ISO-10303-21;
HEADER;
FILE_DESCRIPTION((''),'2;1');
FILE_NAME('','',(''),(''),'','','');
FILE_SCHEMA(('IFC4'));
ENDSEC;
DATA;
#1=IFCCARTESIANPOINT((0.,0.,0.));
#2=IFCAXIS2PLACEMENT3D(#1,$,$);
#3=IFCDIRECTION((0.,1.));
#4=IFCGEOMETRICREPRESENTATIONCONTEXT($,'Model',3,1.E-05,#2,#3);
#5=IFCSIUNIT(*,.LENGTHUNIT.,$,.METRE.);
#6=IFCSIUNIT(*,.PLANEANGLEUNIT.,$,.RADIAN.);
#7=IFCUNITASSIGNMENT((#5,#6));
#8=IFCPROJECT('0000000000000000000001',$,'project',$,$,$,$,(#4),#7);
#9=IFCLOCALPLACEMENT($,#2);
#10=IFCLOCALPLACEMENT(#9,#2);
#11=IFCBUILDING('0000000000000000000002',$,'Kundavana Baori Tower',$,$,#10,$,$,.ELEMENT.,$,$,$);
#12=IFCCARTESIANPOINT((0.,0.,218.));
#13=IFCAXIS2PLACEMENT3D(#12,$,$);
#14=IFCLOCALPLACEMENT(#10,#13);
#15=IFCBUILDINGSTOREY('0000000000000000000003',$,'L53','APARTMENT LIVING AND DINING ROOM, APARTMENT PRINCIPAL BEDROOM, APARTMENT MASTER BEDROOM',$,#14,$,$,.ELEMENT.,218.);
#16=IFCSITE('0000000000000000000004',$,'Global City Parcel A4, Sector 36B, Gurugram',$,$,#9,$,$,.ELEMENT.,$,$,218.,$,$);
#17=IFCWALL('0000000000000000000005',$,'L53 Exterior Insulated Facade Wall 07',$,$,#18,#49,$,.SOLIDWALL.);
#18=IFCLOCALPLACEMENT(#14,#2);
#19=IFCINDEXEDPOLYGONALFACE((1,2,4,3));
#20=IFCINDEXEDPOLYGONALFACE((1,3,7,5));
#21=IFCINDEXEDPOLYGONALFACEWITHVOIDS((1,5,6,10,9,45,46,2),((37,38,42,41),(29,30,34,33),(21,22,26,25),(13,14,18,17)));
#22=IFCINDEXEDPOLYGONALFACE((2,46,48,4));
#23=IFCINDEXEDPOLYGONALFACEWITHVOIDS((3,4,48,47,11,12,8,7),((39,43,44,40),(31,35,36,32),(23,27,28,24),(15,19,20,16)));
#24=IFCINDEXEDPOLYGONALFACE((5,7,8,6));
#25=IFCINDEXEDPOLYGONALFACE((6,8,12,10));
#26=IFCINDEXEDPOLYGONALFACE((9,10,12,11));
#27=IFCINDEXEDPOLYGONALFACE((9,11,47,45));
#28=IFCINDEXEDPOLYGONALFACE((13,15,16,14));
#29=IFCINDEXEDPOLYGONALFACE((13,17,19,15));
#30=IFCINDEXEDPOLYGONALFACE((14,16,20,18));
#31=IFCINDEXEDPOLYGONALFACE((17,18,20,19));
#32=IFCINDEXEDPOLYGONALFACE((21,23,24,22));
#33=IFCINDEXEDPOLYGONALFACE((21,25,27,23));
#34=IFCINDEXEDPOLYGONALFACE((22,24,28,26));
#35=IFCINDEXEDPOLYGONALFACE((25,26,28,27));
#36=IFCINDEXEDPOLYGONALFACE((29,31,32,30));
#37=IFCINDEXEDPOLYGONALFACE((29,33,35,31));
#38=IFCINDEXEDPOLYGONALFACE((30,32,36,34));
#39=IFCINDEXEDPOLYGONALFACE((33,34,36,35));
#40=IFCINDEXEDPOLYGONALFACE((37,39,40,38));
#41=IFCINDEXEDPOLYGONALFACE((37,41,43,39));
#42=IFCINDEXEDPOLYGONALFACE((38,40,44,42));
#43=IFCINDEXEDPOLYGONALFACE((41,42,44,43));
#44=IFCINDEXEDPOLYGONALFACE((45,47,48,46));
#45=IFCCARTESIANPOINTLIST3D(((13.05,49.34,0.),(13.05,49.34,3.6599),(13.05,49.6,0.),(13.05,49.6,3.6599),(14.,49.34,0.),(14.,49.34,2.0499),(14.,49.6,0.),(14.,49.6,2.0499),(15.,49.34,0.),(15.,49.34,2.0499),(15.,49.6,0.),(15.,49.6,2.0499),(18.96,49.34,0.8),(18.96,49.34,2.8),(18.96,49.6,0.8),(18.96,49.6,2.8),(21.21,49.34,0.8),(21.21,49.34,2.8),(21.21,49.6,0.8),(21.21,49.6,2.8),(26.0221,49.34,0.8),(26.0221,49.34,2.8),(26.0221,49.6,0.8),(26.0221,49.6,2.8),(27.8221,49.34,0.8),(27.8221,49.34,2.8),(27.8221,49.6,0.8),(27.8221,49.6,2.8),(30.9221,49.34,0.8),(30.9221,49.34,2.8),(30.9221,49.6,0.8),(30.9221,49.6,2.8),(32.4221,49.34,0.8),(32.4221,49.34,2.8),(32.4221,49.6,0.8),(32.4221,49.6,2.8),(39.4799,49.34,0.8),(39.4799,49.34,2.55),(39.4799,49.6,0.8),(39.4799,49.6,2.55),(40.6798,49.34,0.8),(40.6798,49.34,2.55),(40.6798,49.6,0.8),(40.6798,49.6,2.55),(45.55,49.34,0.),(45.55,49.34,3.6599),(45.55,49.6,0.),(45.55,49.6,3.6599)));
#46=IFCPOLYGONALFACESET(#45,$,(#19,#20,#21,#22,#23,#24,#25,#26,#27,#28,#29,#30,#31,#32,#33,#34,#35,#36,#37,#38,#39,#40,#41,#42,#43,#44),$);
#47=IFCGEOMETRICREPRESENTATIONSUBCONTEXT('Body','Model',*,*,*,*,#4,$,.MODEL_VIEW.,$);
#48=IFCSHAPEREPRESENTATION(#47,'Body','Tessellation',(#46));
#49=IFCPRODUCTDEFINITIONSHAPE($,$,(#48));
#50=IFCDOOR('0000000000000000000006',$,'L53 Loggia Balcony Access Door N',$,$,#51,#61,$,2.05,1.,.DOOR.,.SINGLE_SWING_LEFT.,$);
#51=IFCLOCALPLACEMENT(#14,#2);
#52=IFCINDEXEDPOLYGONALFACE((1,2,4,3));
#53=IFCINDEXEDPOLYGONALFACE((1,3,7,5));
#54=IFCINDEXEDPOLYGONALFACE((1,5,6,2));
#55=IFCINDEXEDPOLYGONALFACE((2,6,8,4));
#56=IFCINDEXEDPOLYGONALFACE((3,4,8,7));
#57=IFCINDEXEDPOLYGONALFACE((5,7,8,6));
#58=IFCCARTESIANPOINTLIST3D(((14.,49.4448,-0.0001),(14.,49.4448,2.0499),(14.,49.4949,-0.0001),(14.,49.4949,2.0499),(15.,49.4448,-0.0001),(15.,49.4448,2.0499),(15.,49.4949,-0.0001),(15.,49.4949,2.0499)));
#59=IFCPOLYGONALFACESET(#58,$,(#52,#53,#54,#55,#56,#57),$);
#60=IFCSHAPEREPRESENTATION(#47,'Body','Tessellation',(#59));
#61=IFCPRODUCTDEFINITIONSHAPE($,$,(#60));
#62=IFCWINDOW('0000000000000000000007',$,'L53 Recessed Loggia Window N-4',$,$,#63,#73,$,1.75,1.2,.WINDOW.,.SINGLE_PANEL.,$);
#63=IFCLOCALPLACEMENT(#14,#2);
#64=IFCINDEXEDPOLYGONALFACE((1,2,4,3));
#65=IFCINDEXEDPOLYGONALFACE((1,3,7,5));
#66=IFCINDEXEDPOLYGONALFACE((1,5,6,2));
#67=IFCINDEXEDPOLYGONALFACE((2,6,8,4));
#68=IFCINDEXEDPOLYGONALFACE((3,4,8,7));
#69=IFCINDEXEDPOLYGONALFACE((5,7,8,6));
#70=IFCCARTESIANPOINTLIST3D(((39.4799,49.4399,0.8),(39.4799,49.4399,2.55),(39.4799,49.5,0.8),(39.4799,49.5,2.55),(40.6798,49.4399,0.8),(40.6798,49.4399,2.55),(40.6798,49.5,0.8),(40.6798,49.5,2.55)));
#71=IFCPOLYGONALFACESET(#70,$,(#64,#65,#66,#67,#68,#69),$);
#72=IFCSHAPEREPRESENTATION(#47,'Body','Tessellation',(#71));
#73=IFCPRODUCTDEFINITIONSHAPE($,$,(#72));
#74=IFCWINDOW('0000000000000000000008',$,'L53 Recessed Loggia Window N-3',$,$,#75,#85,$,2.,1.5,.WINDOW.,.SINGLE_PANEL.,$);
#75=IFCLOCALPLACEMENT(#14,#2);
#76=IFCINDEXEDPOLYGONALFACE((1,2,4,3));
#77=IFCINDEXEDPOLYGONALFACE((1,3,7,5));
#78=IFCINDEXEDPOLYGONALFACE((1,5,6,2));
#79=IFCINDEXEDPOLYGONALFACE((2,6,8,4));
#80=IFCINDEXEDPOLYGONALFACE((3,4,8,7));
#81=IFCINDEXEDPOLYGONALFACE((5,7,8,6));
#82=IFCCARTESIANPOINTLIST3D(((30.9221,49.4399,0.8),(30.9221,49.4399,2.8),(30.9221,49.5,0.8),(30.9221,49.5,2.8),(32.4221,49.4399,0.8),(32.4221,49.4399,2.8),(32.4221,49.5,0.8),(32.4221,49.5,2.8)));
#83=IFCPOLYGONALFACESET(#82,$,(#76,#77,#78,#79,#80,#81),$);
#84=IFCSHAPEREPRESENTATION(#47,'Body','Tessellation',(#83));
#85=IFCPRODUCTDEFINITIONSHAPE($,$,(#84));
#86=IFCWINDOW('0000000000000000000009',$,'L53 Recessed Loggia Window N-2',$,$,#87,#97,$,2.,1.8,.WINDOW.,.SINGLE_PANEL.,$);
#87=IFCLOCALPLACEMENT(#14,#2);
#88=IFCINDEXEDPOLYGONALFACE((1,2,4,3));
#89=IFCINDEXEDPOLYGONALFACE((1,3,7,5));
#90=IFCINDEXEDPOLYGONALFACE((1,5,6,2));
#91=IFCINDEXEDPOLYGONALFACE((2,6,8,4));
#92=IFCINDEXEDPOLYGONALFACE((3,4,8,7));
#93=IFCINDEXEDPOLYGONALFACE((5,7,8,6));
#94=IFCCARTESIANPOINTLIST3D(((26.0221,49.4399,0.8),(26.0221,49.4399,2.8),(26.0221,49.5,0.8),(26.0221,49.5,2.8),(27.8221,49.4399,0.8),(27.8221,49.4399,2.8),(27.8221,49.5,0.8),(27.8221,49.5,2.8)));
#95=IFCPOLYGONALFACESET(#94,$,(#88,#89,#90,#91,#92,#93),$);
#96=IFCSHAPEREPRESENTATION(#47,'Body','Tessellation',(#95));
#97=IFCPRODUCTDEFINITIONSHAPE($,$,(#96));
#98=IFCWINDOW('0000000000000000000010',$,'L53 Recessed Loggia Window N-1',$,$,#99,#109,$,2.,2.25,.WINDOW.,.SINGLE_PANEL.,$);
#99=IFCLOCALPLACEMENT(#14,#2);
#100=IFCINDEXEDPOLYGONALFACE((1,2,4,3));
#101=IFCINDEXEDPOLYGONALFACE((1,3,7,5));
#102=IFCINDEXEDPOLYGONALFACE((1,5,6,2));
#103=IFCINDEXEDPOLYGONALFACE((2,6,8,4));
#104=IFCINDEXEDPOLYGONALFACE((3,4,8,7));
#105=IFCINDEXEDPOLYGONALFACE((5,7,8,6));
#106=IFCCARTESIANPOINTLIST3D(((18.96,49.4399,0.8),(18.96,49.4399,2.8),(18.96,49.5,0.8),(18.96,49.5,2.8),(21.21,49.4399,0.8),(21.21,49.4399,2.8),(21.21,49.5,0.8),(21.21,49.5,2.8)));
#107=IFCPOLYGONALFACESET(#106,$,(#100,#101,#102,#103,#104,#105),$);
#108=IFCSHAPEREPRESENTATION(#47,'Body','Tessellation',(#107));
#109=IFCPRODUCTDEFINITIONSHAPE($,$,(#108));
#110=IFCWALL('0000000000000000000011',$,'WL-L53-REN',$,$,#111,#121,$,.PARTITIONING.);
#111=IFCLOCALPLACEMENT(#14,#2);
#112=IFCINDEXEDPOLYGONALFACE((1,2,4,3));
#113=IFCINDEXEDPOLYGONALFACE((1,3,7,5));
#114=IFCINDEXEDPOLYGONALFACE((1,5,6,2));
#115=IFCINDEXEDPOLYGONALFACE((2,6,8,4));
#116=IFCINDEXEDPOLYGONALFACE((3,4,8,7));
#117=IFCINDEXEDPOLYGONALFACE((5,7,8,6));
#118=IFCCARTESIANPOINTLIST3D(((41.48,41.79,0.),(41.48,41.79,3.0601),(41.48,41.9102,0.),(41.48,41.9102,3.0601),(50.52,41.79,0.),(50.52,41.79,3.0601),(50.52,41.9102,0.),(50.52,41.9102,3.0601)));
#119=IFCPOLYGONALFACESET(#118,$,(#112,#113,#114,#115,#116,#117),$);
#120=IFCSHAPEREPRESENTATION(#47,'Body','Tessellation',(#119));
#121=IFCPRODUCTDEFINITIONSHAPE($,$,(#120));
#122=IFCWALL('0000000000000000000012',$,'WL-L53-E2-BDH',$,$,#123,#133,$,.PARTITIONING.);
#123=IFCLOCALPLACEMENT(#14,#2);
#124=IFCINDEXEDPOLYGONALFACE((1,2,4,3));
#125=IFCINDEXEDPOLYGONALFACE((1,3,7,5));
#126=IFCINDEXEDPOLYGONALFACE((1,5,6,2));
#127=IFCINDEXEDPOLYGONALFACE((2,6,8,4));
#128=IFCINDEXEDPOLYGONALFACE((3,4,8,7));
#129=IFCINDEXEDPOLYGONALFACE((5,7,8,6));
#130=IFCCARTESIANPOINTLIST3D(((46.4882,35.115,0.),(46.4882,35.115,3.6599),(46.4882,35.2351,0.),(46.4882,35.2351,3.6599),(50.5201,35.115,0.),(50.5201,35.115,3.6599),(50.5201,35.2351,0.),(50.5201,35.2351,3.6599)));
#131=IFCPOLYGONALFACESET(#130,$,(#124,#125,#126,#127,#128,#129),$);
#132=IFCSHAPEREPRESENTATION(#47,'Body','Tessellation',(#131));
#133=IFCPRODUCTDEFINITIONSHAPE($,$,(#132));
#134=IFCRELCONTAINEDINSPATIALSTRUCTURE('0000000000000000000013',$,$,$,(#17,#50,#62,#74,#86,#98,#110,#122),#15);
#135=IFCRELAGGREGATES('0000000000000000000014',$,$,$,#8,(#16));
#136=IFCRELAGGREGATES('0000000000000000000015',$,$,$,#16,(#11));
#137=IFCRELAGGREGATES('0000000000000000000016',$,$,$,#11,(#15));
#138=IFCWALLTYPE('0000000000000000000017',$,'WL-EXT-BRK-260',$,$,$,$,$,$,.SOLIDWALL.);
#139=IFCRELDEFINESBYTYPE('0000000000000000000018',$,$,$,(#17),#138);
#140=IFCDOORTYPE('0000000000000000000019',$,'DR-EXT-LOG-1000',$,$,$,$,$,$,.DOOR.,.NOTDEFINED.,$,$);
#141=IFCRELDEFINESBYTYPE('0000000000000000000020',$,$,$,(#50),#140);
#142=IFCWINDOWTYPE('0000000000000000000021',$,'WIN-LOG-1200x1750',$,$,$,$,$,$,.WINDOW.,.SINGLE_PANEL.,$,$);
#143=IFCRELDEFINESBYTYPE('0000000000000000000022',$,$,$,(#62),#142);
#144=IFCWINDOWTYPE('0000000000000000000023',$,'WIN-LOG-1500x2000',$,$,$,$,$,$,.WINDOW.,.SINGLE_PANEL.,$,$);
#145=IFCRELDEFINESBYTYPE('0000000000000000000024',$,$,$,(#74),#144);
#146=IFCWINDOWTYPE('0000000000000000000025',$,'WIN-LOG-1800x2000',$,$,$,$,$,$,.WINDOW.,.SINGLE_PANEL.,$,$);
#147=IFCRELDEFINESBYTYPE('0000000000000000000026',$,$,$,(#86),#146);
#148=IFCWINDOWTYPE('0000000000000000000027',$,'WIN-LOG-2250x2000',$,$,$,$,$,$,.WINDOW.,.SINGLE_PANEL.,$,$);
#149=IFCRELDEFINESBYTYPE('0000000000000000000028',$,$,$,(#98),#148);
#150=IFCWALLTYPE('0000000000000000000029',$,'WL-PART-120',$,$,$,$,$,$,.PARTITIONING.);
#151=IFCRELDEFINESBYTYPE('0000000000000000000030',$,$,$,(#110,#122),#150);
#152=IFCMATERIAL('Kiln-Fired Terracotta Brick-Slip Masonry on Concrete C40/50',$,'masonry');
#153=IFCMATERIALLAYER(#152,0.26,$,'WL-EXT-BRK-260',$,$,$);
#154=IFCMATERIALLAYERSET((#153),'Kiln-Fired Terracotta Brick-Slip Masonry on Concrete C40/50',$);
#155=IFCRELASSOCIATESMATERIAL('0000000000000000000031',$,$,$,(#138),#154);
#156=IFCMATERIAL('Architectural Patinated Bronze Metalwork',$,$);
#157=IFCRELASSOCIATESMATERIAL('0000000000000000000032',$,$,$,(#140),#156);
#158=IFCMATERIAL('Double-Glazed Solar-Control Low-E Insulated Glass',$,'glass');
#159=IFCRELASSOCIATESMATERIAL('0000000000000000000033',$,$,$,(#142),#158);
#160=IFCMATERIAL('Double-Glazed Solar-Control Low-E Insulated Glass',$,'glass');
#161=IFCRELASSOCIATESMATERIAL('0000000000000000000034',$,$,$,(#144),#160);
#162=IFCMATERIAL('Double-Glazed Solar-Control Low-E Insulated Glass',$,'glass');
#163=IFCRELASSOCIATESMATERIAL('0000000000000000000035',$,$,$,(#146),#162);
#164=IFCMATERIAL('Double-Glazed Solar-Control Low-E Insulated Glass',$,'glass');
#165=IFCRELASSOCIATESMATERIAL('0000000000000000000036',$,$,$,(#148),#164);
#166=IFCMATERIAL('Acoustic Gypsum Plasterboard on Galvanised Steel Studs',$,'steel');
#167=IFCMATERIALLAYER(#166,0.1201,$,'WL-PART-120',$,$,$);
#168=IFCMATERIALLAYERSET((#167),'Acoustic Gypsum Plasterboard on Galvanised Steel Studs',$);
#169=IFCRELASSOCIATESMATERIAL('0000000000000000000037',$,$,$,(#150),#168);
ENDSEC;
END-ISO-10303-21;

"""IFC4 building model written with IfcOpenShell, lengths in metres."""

from ifc_helpers import new_model, si_unit, direction, frame, frame_2d, origin, place, context, subcontext, project, spatial, rectangle, extrude, material, layer, layer_set, type_object, element, fill, save


model = new_model("IFC4")

# Units and contexts
model_context = context("Model", 3, precision=1e-05, world=origin(), true_north=direction((0.0, 1.0)))
body_context = subcontext(model_context, "Body", "Model", "MODEL_VIEW")
ifc_project = project(units=[si_unit("LENGTHUNIT", "METRE"), si_unit("PLANEANGLEUNIT", "RADIAN")], contexts=[model_context])

# Site, building, storey
site_placement = place(None, origin())
site = spatial("IfcSite", under=ifc_project, at=site_placement, Name="Global City Parcel A4, Sector 36B, Gurugram", CompositionType="ELEMENT", RefElevation=218.0)
building_placement = place(site_placement, origin())
building = spatial("IfcBuilding", under=site, at=building_placement, Name="Kundavana Baori Tower", CompositionType="ELEMENT")
storey_placement = place(building_placement, frame((0.0, 0.0, 218.0)))
storey = spatial("IfcBuildingStorey", under=building, at=storey_placement, Name="L53", Description="APARTMENT LIVING AND DINING ROOM, APARTMENT PRINCIPAL BEDROOM, APARTMENT MASTER BEDROOM", CompositionType="ELEMENT", Elevation=218.0)

# Shared definitions
ifc_material_1 = material(Name="Kiln-Fired Terracotta Brick-Slip Masonry on Concrete C40/50", Category="masonry")
ifc_layer_1 = layer(ifc_material_1, 0.26, Name="WL-EXT-BRK-260")
ifc_layer_set_1 = layer_set([ifc_layer_1], Name="Kiln-Fired Terracotta Brick-Slip Masonry on Concrete C40/50")
wall_type_1 = type_object("IfcWallType", Name="WL-EXT-BRK-260", PredefinedType="SOLIDWALL", material=ifc_layer_set_1)

# Wall, openings, door, windows
wall_1_placement = place(storey_placement, frame((45.55, 49.47, 0.0), z_axis=(0.0, 0.0, 1.0), x_axis=(-1.0, 0.0, 0.0)))
wall_1 = element("IfcWall", 1, at=wall_1_placement, inside=storey, type_object=wall_type_1, Name="L53 Exterior Insulated Facade Wall 07", PredefinedType="SOLIDWALL", context=body_context, shape_type="SweptSolid", body=[
    extrude(rectangle(XDim=32.5, YDim=0.26, at=frame_2d((16.25, 0.0))), origin(), (0.0, 0.0, 1.0), 3.6599),
])
opening_1_placement = place(wall_1_placement, frame((30.55, 0.0, 0.0)))
opening_1 = element("IfcOpeningElement", 2, at=opening_1_placement, cuts=wall_1, PredefinedType="OPENING", context=body_context, shape_type="SweptSolid", body=[
    extrude(rectangle(XDim=1.0, YDim=2.05, at=frame_2d((0.5, 1.0249))), frame((0.0, 0.1401, 0.0), z_axis=(0.0, -1.0, 0.0), x_axis=(1.0, 0.0, 0.0)), (0.0, 0.0, 1.0), 0.28),
])
opening_2_placement = place(wall_1_placement, frame((24.3401, 0.0, 0.8)))
opening_2 = element("IfcOpeningElement", 3, at=opening_2_placement, cuts=wall_1, PredefinedType="OPENING", context=body_context, shape_type="SweptSolid", body=[
    extrude(rectangle(XDim=2.25, YDim=2.0, at=frame_2d((1.125, 1.0))), frame((0.0, 0.1401, 0.0), z_axis=(0.0, -1.0, 0.0), x_axis=(1.0, 0.0, 0.0)), (0.0, 0.0, 1.0), 0.28),
])
opening_3_placement = place(wall_1_placement, frame((17.728, 0.0, 0.8)))
opening_3 = element("IfcOpeningElement", 4, at=opening_3_placement, cuts=wall_1, PredefinedType="OPENING", context=body_context, shape_type="SweptSolid", body=[
    extrude(rectangle(XDim=1.8, YDim=2.0, at=frame_2d((0.8999, 1.0))), frame((0.0, 0.1401, 0.0), z_axis=(0.0, -1.0, 0.0), x_axis=(1.0, 0.0, 0.0)), (0.0, 0.0, 1.0), 0.28),
])
opening_4_placement = place(wall_1_placement, frame((13.1279, 0.0, 0.8)))
opening_4 = element("IfcOpeningElement", 5, at=opening_4_placement, cuts=wall_1, PredefinedType="OPENING", context=body_context, shape_type="SweptSolid", body=[
    extrude(rectangle(XDim=1.5, YDim=2.0, at=frame_2d((0.75, 1.0))), frame((0.0, 0.1401, 0.0), z_axis=(0.0, -1.0, 0.0), x_axis=(1.0, 0.0, 0.0)), (0.0, 0.0, 1.0), 0.28),
])
opening_5_placement = place(wall_1_placement, frame((4.8701, 0.0, 0.8)))
opening_5 = element("IfcOpeningElement", 6, at=opening_5_placement, cuts=wall_1, PredefinedType="OPENING", context=body_context, shape_type="SweptSolid", body=[
    extrude(rectangle(XDim=1.2, YDim=1.75, at=frame_2d((0.6001, 0.875))), frame((0.0, 0.1401, 0.0), z_axis=(0.0, -1.0, 0.0), x_axis=(1.0, 0.0, 0.0)), (0.0, 0.0, 1.0), 0.28),
])
ifc_material_2 = material(Name="Architectural Patinated Bronze Metalwork")
door_type_1 = type_object("IfcDoorType", Name="DR-EXT-LOG-1000", OperationType="NOTDEFINED", PredefinedType="DOOR", material=ifc_material_2)
door_1_placement = place(opening_1_placement, frame((1.0, 0.0, 0.0), z_axis=(0.0, 0.0, 1.0), x_axis=(-1.0, 0.0, 0.0)))
door_1 = element("IfcDoor", 7, at=door_1_placement, inside=storey, type_object=door_type_1, Name="L53 Loggia Balcony Access Door N", OperationType="SINGLE_SWING_LEFT", OverallHeight=2.05, OverallWidth=1.0, PredefinedType="DOOR", context=body_context, shape_type="SweptSolid", body=[
    extrude(rectangle(XDim=1.0, YDim=2.05, at=frame_2d((0.5, 1.0249))), frame((0.0, 0.0249, 0.0), z_axis=(0.0, -1.0, 0.0), x_axis=(1.0, 0.0, 0.0)), (0.0, 0.0, 1.0), 0.05),
])
fill(opening_1, door_1)
ifc_material_3 = material(Name="Double-Glazed Solar-Control Low-E Insulated Glass", Category="glass")
window_type_1 = type_object("IfcWindowType", Name="WIN-LOG-1200x1750", PartitioningType="SINGLE_PANEL", PredefinedType="WINDOW", material=ifc_material_3)
window_1_placement = place(opening_5_placement, origin())
window_1 = element("IfcWindow", 8, at=window_1_placement, inside=storey, type_object=window_type_1, Name="L53 Recessed Loggia Window N-4", OverallHeight=1.75, OverallWidth=1.2, PartitioningType="SINGLE_PANEL", PredefinedType="WINDOW", context=body_context, shape_type="SweptSolid", body=[
    extrude(rectangle(XDim=1.2, YDim=1.75, at=frame_2d((0.6001, 0.875))), frame((0.0, 0.03, 0.0), z_axis=(0.0, -1.0, 0.0), x_axis=(1.0, 0.0, 0.0)), (0.0, 0.0, 1.0), 0.0601),
])
fill(opening_5, window_1)
ifc_material_4 = material(Name="Double-Glazed Solar-Control Low-E Insulated Glass", Category="glass")
window_type_2 = type_object("IfcWindowType", Name="WIN-LOG-1500x2000", PartitioningType="SINGLE_PANEL", PredefinedType="WINDOW", material=ifc_material_4)
window_2_placement = place(opening_4_placement, origin())
window_2 = element("IfcWindow", 9, at=window_2_placement, inside=storey, type_object=window_type_2, Name="L53 Recessed Loggia Window N-3", OverallHeight=2.0, OverallWidth=1.5, PartitioningType="SINGLE_PANEL", PredefinedType="WINDOW", context=body_context, shape_type="SweptSolid", body=[
    extrude(rectangle(XDim=1.5, YDim=2.0, at=frame_2d((0.75, 1.0))), frame((0.0, 0.03, 0.0), z_axis=(0.0, -1.0, 0.0), x_axis=(1.0, 0.0, 0.0)), (0.0, 0.0, 1.0), 0.0601),
])
fill(opening_4, window_2)
ifc_material_5 = material(Name="Double-Glazed Solar-Control Low-E Insulated Glass", Category="glass")
window_type_3 = type_object("IfcWindowType", Name="WIN-LOG-1800x2000", PartitioningType="SINGLE_PANEL", PredefinedType="WINDOW", material=ifc_material_5)
window_3_placement = place(opening_3_placement, origin())
window_3 = element("IfcWindow", 10, at=window_3_placement, inside=storey, type_object=window_type_3, Name="L53 Recessed Loggia Window N-2", OverallHeight=2.0, OverallWidth=1.8, PartitioningType="SINGLE_PANEL", PredefinedType="WINDOW", context=body_context, shape_type="SweptSolid", body=[
    extrude(rectangle(XDim=1.8, YDim=2.0, at=frame_2d((0.8999, 1.0))), frame((0.0, 0.03, 0.0), z_axis=(0.0, -1.0, 0.0), x_axis=(1.0, 0.0, 0.0)), (0.0, 0.0, 1.0), 0.0601),
])
fill(opening_3, window_3)
ifc_material_6 = material(Name="Double-Glazed Solar-Control Low-E Insulated Glass", Category="glass")
window_type_4 = type_object("IfcWindowType", Name="WIN-LOG-2250x2000", PartitioningType="SINGLE_PANEL", PredefinedType="WINDOW", material=ifc_material_6)
window_4_placement = place(opening_2_placement, origin())
window_4 = element("IfcWindow", 11, at=window_4_placement, inside=storey, type_object=window_type_4, Name="L53 Recessed Loggia Window N-1", OverallHeight=2.0, OverallWidth=2.25, PartitioningType="SINGLE_PANEL", PredefinedType="WINDOW", context=body_context, shape_type="SweptSolid", body=[
    extrude(rectangle(XDim=2.25, YDim=2.0, at=frame_2d((1.125, 1.0))), frame((0.0, 0.03, 0.0), z_axis=(0.0, -1.0, 0.0), x_axis=(1.0, 0.0, 0.0)), (0.0, 0.0, 1.0), 0.0601),
])
fill(opening_2, window_4)

# Walls
ifc_material_7 = material(Name="Acoustic Gypsum Plasterboard on Galvanised Steel Studs", Category="steel")
ifc_layer_2 = layer(ifc_material_7, 0.1201, Name="WL-PART-120")
ifc_layer_set_2 = layer_set([ifc_layer_2], Name="Acoustic Gypsum Plasterboard on Galvanised Steel Studs")
wall_type_2 = type_object("IfcWallType", Name="WL-PART-120", PredefinedType="PARTITIONING", material=ifc_layer_set_2)
wall_2_placement = place(storey_placement, frame((41.48, 41.8501, 0.0), z_axis=(0.0, 0.0, 1.0), x_axis=(1.0, 0.0, 0.0)))
element("IfcWall", 12, at=wall_2_placement, inside=storey, type_object=wall_type_2, Name="WL-L53-REN", PredefinedType="PARTITIONING", context=body_context, shape_type="SweptSolid", body=[
    extrude(rectangle(XDim=9.04, YDim=0.1201, at=frame_2d((4.52, 0.0))), origin(), (0.0, 0.0, 1.0), 3.0601),
])
wall_3_placement = place(storey_placement, frame((46.488, 35.175, 0.0), z_axis=(0.0, 0.0, 1.0), x_axis=(1.0, 0.0, 0.0)))
element("IfcWall", 13, at=wall_3_placement, inside=storey, type_object=wall_type_2, Name="WL-L53-E2-BDH", PredefinedType="PARTITIONING", context=body_context, shape_type="SweptSolid", body=[
    extrude(rectangle(XDim=4.032, YDim=0.1201, at=frame_2d((2.0161, 0.0))), origin(), (0.0, 0.0, 1.0), 3.6599),
])

save(model, "model.ifc")
